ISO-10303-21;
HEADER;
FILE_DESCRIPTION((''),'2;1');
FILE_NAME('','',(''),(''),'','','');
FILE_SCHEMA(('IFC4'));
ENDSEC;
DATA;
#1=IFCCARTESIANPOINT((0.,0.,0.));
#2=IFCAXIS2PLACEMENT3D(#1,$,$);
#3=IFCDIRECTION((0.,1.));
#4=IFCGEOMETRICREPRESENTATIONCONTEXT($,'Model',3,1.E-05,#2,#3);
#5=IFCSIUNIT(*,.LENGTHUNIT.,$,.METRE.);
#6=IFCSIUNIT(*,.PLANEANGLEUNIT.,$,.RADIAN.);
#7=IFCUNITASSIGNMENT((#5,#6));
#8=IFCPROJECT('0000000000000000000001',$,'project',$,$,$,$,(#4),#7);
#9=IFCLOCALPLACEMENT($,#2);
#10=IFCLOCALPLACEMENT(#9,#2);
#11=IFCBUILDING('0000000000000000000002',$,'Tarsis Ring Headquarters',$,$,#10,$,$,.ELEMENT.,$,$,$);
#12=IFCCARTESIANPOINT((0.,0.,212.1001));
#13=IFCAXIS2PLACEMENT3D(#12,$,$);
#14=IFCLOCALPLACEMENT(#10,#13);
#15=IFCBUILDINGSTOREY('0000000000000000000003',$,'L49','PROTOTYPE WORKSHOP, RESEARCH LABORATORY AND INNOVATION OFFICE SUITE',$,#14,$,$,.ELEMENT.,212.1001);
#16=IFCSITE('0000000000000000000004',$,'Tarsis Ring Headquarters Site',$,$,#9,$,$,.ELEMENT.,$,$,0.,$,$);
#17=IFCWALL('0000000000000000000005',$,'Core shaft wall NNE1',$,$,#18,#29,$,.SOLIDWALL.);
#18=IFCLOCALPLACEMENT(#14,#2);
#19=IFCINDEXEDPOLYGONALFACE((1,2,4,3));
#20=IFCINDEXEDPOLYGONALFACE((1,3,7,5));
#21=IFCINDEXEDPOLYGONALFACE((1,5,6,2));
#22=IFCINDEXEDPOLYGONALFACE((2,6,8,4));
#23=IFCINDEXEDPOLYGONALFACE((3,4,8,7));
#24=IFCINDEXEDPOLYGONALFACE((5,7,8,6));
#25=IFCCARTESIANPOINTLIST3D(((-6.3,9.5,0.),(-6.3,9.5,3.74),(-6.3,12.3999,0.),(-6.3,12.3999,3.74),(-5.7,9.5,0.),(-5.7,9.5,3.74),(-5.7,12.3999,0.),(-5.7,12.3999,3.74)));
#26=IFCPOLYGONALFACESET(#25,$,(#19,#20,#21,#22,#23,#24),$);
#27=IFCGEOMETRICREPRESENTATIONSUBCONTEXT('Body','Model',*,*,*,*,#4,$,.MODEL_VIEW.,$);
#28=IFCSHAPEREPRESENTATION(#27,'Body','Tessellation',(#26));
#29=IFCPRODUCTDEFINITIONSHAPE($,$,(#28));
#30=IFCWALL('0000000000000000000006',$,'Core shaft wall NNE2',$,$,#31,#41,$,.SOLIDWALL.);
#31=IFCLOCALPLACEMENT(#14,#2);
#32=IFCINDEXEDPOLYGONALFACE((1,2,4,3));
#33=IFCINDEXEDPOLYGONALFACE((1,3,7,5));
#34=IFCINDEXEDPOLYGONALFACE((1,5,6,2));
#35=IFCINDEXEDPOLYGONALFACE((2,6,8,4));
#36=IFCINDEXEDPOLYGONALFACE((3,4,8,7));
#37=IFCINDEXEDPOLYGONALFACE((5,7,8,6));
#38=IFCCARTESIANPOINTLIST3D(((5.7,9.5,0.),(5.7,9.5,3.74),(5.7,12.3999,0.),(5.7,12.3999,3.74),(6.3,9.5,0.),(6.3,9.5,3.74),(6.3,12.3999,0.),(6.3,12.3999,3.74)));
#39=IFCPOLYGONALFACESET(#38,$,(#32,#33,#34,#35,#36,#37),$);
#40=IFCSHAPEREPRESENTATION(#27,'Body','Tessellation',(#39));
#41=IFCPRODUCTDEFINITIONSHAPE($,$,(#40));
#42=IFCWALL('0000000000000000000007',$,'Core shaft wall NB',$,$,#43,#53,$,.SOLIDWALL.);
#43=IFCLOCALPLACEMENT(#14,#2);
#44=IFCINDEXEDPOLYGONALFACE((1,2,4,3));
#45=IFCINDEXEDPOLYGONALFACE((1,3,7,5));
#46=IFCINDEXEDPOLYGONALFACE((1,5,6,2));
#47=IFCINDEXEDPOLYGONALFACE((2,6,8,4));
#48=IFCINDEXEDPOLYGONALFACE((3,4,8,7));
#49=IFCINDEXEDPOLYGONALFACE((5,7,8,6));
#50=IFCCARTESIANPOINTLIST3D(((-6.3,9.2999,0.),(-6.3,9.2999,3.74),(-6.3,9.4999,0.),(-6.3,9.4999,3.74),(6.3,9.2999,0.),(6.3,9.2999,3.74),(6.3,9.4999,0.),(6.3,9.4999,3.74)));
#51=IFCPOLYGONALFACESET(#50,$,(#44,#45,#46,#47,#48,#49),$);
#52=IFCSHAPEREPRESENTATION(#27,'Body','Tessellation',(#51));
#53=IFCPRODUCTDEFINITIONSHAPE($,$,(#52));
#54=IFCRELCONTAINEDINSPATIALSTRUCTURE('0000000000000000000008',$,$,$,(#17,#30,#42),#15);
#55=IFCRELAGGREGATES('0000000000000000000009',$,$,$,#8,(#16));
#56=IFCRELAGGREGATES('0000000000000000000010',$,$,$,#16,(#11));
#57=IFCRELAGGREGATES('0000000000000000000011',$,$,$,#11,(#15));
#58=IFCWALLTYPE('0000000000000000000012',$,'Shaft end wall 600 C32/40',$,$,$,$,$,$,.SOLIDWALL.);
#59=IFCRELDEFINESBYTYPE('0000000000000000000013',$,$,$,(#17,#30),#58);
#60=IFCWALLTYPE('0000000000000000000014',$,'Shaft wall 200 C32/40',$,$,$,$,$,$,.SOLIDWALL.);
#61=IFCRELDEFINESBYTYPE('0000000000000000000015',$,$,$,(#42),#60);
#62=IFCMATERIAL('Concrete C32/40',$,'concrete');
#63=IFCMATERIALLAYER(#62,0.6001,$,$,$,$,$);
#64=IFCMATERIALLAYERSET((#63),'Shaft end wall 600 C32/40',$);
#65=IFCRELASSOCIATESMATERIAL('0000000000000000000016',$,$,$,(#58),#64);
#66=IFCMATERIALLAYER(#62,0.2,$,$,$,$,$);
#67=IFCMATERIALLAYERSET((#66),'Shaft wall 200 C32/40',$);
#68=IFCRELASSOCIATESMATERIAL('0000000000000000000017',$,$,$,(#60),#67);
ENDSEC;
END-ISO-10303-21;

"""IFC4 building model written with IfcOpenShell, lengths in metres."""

from ifc_helpers import new_model, si_unit, direction, frame, frame_2d, origin, place, context, subcontext, project, spatial, rectangle, extrude, material, layer, layer_set, type_object, element, save


model = new_model("IFC4")

# Units and contexts
model_context = context("Model", 3, precision=1e-05, world=origin(), true_north=direction((0.0, 1.0)))
body_context = subcontext(model_context, "Body", "Model", "MODEL_VIEW")
ifc_project = project(units=[si_unit("LENGTHUNIT", "METRE"), si_unit("PLANEANGLEUNIT", "RADIAN")], contexts=[model_context])

# Site, building, storey
site_placement = place(None, origin())
site = spatial("IfcSite", under=ifc_project, at=site_placement, Name="Tarsis Ring Headquarters Site", CompositionType="ELEMENT", RefElevation=0.0)
building_placement = place(site_placement, origin())
building = spatial("IfcBuilding", under=site, at=building_placement, Name="Tarsis Ring Headquarters", CompositionType="ELEMENT")
storey_placement = place(building_placement, frame((0.0, 0.0, 212.1001)))
storey = spatial("IfcBuildingStorey", under=building, at=storey_placement, Name="L49", Description="PROTOTYPE WORKSHOP, RESEARCH LABORATORY AND INNOVATION OFFICE SUITE", CompositionType="ELEMENT", Elevation=212.1001)

# Walls
ifc_material_1 = material(Name="Concrete C32/40", Category="concrete")
ifc_layer_1 = layer(ifc_material_1, 0.6001)
ifc_layer_set_1 = layer_set([ifc_layer_1], Name="Shaft end wall 600 C32/40")
wall_type_1 = type_object("IfcWallType", Name="Shaft end wall 600 C32/40", PredefinedType="SOLIDWALL", material=ifc_layer_set_1)
for number, where, z_axis, x_axis, name in (
    (1, (-6.0, 9.5, 0.0), (0.0, 0.0, 1.0), (0.0, 1.0, 0.0), "Core shaft wall NNE1"),
    (2, (6.0, 9.5, 0.0), (0.0, 0.0, 1.0), (0.0, 1.0, 0.0), "Core shaft wall NNE2"),
):
    element("IfcWall", number, at=place(storey_placement, frame(where, z_axis=z_axis, x_axis=x_axis)), inside=storey, type_object=wall_type_1, Name=name, PredefinedType="SOLIDWALL", context=body_context, shape_type="SweptSolid", body=[
        extrude(rectangle(XDim=2.8999, YDim=0.6001, at=frame_2d((1.45, 0.0))), origin(), (0.0, 0.0, 1.0), 3.74),
    ])
ifc_layer_2 = layer(ifc_material_1, 0.2)
ifc_layer_set_2 = layer_set([ifc_layer_2], Name="Shaft wall 200 C32/40")
wall_type_2 = type_object("IfcWallType", Name="Shaft wall 200 C32/40", PredefinedType="SOLIDWALL", material=ifc_layer_set_2)
wall_1_placement = place(storey_placement, frame((-6.3, 9.3999, 0.0), z_axis=(0.0, 0.0, 1.0), x_axis=(1.0, 0.0, 0.0)))
element("IfcWall", 3, at=wall_1_placement, inside=storey, type_object=wall_type_2, Name="Core shaft wall NB", PredefinedType="SOLIDWALL", context=body_context, shape_type="SweptSolid", body=[
    extrude(rectangle(XDim=12.6001, YDim=0.2, at=frame_2d((6.3, 0.0))), origin(), (0.0, 0.0, 1.0), 3.74),
])

save(model, "model.ifc")
